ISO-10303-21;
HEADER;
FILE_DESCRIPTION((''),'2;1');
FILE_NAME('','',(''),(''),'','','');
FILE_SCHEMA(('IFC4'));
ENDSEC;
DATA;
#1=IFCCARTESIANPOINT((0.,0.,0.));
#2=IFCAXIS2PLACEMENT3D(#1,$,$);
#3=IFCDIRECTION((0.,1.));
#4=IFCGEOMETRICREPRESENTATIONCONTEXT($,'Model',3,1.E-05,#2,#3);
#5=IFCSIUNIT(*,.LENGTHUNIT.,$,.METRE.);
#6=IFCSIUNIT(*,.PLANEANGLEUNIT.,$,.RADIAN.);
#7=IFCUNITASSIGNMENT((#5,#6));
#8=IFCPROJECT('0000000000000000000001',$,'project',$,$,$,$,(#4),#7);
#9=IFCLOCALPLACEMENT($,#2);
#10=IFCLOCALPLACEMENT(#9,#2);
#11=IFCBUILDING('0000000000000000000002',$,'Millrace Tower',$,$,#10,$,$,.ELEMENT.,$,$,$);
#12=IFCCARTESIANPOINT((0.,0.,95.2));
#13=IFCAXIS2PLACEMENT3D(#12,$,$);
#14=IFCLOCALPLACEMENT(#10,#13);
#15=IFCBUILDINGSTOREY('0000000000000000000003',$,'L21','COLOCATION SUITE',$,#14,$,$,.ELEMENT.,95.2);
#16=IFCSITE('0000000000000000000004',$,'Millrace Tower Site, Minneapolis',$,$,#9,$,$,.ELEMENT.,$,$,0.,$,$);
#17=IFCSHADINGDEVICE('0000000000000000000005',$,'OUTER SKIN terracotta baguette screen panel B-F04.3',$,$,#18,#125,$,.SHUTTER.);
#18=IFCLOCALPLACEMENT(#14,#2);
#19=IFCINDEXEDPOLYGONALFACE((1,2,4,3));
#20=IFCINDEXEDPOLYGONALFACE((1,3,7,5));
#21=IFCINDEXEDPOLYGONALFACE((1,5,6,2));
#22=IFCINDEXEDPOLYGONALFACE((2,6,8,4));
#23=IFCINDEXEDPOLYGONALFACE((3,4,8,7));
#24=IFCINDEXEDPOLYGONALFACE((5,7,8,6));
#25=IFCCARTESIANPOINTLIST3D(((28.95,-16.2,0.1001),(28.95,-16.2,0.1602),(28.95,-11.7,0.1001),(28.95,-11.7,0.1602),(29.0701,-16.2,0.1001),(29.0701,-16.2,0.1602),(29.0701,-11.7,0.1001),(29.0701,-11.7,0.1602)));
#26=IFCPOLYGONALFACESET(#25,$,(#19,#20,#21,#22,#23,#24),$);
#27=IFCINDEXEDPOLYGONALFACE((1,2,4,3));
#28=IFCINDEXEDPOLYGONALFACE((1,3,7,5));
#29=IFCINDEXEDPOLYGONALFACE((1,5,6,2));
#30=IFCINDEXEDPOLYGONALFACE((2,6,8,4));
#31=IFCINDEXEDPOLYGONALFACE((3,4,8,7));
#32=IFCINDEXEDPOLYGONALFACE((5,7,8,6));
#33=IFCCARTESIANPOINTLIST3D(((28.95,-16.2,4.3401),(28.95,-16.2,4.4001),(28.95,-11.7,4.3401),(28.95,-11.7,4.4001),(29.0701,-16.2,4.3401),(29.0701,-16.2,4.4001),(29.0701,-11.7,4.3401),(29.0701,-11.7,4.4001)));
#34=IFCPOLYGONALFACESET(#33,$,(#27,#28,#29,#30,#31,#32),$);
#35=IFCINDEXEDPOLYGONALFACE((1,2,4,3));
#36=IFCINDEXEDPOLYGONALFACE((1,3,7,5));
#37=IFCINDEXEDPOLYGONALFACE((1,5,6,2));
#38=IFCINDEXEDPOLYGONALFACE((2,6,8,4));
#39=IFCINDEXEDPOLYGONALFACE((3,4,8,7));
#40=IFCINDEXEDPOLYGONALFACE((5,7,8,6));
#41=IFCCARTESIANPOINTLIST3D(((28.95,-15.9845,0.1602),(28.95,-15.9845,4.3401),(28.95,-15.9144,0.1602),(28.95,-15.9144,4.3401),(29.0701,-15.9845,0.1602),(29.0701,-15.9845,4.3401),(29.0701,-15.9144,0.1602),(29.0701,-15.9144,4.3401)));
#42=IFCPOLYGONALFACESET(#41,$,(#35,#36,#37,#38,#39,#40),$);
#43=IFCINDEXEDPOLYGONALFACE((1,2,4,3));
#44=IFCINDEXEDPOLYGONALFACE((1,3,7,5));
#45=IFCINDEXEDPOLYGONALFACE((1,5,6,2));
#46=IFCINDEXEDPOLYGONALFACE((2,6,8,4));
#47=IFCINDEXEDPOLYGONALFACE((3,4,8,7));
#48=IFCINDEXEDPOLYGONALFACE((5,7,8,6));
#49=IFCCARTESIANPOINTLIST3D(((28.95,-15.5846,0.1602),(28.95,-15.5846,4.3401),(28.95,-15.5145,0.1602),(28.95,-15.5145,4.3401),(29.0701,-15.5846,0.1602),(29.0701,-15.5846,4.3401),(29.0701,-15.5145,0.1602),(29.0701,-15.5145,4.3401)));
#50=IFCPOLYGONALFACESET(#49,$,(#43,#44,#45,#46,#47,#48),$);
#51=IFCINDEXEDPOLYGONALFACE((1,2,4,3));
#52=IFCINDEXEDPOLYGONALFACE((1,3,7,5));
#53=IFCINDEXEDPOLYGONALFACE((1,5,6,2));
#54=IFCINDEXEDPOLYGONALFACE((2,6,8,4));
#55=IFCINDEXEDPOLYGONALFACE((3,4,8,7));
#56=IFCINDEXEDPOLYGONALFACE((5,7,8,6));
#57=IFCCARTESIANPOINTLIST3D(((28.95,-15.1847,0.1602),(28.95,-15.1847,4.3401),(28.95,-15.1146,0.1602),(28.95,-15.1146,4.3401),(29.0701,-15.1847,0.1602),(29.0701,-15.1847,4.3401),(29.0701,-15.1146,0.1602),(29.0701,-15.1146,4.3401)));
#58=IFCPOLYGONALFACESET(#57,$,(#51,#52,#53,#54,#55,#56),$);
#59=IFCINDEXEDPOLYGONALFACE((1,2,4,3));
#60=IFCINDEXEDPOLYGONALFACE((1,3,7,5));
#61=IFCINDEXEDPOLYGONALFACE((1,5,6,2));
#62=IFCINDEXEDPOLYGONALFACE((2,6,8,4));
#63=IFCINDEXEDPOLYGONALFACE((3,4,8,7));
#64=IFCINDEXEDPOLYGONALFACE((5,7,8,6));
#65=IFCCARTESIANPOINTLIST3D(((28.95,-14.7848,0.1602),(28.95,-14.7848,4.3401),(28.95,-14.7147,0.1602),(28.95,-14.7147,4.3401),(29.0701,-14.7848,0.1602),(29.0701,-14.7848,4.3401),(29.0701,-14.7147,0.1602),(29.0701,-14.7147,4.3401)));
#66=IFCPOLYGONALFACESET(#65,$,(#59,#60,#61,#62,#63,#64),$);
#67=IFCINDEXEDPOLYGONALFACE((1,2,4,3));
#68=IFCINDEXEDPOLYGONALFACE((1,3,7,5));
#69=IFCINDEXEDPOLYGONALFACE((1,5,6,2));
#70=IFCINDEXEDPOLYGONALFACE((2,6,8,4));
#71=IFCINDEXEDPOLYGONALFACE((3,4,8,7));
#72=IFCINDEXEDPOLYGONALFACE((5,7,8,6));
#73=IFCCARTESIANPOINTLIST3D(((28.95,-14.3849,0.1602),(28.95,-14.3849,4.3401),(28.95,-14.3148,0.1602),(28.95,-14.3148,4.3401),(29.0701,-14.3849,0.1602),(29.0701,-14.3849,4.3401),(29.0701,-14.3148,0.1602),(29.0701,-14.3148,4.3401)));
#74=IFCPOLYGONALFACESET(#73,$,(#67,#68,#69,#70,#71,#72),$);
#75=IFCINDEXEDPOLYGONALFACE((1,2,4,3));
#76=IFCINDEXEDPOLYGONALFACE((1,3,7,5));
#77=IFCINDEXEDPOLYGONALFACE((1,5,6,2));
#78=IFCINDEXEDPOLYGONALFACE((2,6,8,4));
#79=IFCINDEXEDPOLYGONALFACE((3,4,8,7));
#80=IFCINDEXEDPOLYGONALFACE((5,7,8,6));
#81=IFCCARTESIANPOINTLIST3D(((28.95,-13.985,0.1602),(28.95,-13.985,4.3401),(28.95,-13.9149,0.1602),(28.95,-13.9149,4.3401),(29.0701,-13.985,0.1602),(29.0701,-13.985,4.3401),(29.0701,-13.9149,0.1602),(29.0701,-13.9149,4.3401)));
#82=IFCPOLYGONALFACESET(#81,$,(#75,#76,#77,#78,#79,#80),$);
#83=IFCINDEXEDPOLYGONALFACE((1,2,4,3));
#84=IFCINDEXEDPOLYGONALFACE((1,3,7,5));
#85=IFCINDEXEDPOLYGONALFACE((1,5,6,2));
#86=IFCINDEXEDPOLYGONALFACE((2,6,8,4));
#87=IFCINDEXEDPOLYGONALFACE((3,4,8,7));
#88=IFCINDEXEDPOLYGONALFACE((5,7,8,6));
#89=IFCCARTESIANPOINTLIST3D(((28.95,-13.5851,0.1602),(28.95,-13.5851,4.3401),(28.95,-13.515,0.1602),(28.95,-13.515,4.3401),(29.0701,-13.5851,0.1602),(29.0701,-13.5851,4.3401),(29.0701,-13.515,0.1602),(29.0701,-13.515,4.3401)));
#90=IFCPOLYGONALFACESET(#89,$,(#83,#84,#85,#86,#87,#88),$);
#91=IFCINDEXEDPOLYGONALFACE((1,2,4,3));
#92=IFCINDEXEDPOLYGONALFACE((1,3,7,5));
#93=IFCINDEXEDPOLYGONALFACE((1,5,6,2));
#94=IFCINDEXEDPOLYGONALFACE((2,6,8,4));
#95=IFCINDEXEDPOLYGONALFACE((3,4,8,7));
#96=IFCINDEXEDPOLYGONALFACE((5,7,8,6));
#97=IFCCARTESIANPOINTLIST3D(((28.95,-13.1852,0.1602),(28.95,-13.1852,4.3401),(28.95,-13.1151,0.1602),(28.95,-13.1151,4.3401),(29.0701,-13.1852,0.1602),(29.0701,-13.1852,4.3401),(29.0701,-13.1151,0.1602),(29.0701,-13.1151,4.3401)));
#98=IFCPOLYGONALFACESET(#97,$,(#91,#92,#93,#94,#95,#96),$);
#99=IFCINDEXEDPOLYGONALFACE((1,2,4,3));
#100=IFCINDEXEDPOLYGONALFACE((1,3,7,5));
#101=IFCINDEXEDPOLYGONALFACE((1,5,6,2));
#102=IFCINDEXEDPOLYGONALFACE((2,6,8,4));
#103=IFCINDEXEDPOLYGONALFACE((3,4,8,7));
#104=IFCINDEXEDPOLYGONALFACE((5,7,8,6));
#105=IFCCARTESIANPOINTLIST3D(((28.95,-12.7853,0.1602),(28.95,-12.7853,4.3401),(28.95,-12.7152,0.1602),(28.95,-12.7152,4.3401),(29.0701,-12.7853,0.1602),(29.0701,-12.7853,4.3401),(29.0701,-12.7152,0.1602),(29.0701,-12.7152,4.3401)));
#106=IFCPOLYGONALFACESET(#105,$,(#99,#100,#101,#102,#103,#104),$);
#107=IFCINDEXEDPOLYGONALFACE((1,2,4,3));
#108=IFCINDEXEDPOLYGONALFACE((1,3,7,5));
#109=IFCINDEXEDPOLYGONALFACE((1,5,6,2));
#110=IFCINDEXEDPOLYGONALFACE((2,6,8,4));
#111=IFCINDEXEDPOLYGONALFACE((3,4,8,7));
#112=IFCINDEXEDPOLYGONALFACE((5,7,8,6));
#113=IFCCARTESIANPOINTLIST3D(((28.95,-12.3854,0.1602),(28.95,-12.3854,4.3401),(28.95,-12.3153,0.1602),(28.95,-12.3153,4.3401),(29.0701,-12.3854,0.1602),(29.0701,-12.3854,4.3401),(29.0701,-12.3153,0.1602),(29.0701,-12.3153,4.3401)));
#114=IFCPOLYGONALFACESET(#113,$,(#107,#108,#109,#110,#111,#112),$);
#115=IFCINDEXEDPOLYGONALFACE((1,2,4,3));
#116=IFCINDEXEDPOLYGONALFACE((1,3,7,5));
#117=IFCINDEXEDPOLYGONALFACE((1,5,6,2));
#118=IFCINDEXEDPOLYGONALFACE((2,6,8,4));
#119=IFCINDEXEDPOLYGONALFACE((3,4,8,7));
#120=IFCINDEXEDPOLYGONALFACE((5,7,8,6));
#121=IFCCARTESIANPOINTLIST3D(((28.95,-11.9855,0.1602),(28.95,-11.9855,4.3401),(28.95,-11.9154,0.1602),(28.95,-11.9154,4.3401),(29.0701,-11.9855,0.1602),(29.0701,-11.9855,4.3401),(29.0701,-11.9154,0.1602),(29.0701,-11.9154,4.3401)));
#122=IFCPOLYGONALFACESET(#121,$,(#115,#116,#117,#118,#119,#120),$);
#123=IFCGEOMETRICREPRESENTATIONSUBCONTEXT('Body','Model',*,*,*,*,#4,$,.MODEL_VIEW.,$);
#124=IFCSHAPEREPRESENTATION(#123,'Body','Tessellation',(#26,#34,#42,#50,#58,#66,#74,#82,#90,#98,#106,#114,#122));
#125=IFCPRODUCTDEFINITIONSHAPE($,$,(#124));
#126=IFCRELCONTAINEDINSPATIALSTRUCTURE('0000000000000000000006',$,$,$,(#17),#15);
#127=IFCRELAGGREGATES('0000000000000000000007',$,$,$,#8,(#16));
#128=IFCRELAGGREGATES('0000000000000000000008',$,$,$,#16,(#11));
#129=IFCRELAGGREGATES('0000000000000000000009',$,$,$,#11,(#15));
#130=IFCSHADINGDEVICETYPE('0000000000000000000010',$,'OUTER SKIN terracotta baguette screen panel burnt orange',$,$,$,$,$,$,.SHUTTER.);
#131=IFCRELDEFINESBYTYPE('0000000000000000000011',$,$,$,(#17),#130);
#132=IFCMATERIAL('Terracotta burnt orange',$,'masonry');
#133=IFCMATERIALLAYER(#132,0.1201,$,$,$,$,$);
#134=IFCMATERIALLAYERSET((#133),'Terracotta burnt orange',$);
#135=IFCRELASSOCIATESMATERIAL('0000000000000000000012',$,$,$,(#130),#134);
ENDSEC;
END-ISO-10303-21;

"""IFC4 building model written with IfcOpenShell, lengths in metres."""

from ifc_helpers import new_model, entity, si_unit, direction, frame, frame_2d, origin, origin_2d, place, context, subcontext, project, spatial, rectangle, extrude, source, transform, mapped, material, layer, layer_set, type_object, element, save


model = new_model("IFC4")

# Units and contexts
model_context = context("Model", 3, precision=1e-05, world=origin(), true_north=direction((0.0, 1.0)))
body_context = subcontext(model_context, "Body", "Model", "MODEL_VIEW")
ifc_project = project(units=[si_unit("LENGTHUNIT", "METRE"), si_unit("PLANEANGLEUNIT", "RADIAN")], contexts=[model_context])

# Site, building, storey
site_placement = place(None, origin())
site = spatial("IfcSite", under=ifc_project, at=site_placement, Name="Millrace Tower Site, Minneapolis", CompositionType="ELEMENT", RefElevation=0.0)
building_placement = place(site_placement, origin())
building = spatial("IfcBuilding", under=site, at=building_placement, Name="Millrace Tower", CompositionType="ELEMENT")
storey_placement = place(building_placement, frame((0.0, 0.0, 95.2)))
storey = spatial("IfcBuildingStorey", under=building, at=storey_placement, Name="L21", Description="COLOCATION SUITE", CompositionType="ELEMENT", Elevation=95.2)

# Shading device
ifc_material_1 = material(Name="Terracotta burnt orange", Category="masonry")
ifc_layer_1 = layer(ifc_material_1, 0.1201)
ifc_layer_set_1 = layer_set([ifc_layer_1], Name="Terracotta burnt orange")
shading_device_type = type_object("IfcShadingDeviceType", Name="OUTER SKIN terracotta baguette screen panel burnt orange", PredefinedType="SHUTTER", material=ifc_layer_set_1)
cartesian_point_1 = entity("IfcCartesianPoint", [-2.25, 0.0601])
shared_polyline_1 = entity("IfcPolyline", [cartesian_point_1, entity("IfcCartesianPoint", [2.25, 0.0601]), entity("IfcCartesianPoint", [2.25, -0.0601]), entity("IfcCartesianPoint", [-2.25, -0.0601]), cartesian_point_1])
shared_shape_1 = source(origin(), body_context, "Body", "SweptSolid", [
    entity("IfcExtrudedAreaSolid", entity("IfcArbitraryClosedProfileDef", "AREA", None, shared_polyline_1), entity("IfcAxis2Placement3D", entity("IfcCartesianPoint", [0.0, 0.0, 0.0])), entity("IfcDirection", [0.0, 0.0, 1.0]), 0.0601),
    entity("IfcExtrudedAreaSolid", entity("IfcArbitraryClosedProfileDef", "AREA", None, shared_polyline_1), entity("IfcAxis2Placement3D", entity("IfcCartesianPoint", [0.0, 0.0, 4.24])), entity("IfcDirection", [0.0, 0.0, 1.0]), 0.0601),
    extrude(rectangle(XDim=0.0701, YDim=0.1201, at=frame_2d((-1.9995, 0.0))), frame((0.0, 0.0, 0.0601)), (0.0, 0.0, 1.0), 4.1799),
    extrude(rectangle(XDim=0.0701, YDim=0.1201, at=frame_2d((-1.5996, 0.0))), frame((0.0, 0.0, 0.0601)), (0.0, 0.0, 1.0), 4.1799),
    extrude(rectangle(XDim=0.0701, YDim=0.1201, at=frame_2d((-1.1997, 0.0))), frame((0.0, 0.0, 0.0601)), (0.0, 0.0, 1.0), 4.1799),
    extrude(rectangle(XDim=0.0701, YDim=0.1201, at=frame_2d((-0.7998, 0.0))), frame((0.0, 0.0, 0.0601)), (0.0, 0.0, 1.0), 4.1799),
    extrude(rectangle(XDim=0.0701, YDim=0.1201, at=frame_2d((-0.3999, 0.0))), frame((0.0, 0.0, 0.0601)), (0.0, 0.0, 1.0), 4.1799),
    extrude(rectangle(XDim=0.0701, YDim=0.1201, at=origin_2d()), frame((0.0, 0.0, 0.0601)), (0.0, 0.0, 1.0), 4.1799),
    extrude(rectangle(XDim=0.0701, YDim=0.1201, at=frame_2d((0.3999, 0.0))), frame((0.0, 0.0, 0.0601)), (0.0, 0.0, 1.0), 4.1799),
    extrude(rectangle(XDim=0.0701, YDim=0.1201, at=frame_2d((0.7998, 0.0))), frame((0.0, 0.0, 0.0601)), (0.0, 0.0, 1.0), 4.1799),
    extrude(rectangle(XDim=0.0701, YDim=0.1201, at=frame_2d((1.1997, 0.0))), frame((0.0, 0.0, 0.0601)), (0.0, 0.0, 1.0), 4.1799),
    extrude(rectangle(XDim=0.0701, YDim=0.1201, at=frame_2d((1.5996, 0.0))), frame((0.0, 0.0, 0.0601)), (0.0, 0.0, 1.0), 4.1799),
    extrude(rectangle(XDim=0.0701, YDim=0.1201, at=frame_2d((1.9995, 0.0))), frame((0.0, 0.0, 0.0601)), (0.0, 0.0, 1.0), 4.1799),
])
for number, where, z_axis, x_axis, name in (
    (1, (29.01, -13.95, 0.1001), (0.0, 0.0, 1.0), (0.0, 1.0, 0.0), "OUTER SKIN terracotta baguette screen panel B-F04.3"),
):
    element("IfcShadingDevice", number, at=place(storey_placement, frame(where, z_axis=z_axis, x_axis=x_axis)), inside=storey, type_object=shading_device_type, Name=name, PredefinedType="SHUTTER", context=body_context, shape_type="MappedRepresentation", body=[
        mapped(shared_shape_1, transform((0.0, 0.0, 0.0), scale=1.0)),
    ])

save(model, "model.ifc")
